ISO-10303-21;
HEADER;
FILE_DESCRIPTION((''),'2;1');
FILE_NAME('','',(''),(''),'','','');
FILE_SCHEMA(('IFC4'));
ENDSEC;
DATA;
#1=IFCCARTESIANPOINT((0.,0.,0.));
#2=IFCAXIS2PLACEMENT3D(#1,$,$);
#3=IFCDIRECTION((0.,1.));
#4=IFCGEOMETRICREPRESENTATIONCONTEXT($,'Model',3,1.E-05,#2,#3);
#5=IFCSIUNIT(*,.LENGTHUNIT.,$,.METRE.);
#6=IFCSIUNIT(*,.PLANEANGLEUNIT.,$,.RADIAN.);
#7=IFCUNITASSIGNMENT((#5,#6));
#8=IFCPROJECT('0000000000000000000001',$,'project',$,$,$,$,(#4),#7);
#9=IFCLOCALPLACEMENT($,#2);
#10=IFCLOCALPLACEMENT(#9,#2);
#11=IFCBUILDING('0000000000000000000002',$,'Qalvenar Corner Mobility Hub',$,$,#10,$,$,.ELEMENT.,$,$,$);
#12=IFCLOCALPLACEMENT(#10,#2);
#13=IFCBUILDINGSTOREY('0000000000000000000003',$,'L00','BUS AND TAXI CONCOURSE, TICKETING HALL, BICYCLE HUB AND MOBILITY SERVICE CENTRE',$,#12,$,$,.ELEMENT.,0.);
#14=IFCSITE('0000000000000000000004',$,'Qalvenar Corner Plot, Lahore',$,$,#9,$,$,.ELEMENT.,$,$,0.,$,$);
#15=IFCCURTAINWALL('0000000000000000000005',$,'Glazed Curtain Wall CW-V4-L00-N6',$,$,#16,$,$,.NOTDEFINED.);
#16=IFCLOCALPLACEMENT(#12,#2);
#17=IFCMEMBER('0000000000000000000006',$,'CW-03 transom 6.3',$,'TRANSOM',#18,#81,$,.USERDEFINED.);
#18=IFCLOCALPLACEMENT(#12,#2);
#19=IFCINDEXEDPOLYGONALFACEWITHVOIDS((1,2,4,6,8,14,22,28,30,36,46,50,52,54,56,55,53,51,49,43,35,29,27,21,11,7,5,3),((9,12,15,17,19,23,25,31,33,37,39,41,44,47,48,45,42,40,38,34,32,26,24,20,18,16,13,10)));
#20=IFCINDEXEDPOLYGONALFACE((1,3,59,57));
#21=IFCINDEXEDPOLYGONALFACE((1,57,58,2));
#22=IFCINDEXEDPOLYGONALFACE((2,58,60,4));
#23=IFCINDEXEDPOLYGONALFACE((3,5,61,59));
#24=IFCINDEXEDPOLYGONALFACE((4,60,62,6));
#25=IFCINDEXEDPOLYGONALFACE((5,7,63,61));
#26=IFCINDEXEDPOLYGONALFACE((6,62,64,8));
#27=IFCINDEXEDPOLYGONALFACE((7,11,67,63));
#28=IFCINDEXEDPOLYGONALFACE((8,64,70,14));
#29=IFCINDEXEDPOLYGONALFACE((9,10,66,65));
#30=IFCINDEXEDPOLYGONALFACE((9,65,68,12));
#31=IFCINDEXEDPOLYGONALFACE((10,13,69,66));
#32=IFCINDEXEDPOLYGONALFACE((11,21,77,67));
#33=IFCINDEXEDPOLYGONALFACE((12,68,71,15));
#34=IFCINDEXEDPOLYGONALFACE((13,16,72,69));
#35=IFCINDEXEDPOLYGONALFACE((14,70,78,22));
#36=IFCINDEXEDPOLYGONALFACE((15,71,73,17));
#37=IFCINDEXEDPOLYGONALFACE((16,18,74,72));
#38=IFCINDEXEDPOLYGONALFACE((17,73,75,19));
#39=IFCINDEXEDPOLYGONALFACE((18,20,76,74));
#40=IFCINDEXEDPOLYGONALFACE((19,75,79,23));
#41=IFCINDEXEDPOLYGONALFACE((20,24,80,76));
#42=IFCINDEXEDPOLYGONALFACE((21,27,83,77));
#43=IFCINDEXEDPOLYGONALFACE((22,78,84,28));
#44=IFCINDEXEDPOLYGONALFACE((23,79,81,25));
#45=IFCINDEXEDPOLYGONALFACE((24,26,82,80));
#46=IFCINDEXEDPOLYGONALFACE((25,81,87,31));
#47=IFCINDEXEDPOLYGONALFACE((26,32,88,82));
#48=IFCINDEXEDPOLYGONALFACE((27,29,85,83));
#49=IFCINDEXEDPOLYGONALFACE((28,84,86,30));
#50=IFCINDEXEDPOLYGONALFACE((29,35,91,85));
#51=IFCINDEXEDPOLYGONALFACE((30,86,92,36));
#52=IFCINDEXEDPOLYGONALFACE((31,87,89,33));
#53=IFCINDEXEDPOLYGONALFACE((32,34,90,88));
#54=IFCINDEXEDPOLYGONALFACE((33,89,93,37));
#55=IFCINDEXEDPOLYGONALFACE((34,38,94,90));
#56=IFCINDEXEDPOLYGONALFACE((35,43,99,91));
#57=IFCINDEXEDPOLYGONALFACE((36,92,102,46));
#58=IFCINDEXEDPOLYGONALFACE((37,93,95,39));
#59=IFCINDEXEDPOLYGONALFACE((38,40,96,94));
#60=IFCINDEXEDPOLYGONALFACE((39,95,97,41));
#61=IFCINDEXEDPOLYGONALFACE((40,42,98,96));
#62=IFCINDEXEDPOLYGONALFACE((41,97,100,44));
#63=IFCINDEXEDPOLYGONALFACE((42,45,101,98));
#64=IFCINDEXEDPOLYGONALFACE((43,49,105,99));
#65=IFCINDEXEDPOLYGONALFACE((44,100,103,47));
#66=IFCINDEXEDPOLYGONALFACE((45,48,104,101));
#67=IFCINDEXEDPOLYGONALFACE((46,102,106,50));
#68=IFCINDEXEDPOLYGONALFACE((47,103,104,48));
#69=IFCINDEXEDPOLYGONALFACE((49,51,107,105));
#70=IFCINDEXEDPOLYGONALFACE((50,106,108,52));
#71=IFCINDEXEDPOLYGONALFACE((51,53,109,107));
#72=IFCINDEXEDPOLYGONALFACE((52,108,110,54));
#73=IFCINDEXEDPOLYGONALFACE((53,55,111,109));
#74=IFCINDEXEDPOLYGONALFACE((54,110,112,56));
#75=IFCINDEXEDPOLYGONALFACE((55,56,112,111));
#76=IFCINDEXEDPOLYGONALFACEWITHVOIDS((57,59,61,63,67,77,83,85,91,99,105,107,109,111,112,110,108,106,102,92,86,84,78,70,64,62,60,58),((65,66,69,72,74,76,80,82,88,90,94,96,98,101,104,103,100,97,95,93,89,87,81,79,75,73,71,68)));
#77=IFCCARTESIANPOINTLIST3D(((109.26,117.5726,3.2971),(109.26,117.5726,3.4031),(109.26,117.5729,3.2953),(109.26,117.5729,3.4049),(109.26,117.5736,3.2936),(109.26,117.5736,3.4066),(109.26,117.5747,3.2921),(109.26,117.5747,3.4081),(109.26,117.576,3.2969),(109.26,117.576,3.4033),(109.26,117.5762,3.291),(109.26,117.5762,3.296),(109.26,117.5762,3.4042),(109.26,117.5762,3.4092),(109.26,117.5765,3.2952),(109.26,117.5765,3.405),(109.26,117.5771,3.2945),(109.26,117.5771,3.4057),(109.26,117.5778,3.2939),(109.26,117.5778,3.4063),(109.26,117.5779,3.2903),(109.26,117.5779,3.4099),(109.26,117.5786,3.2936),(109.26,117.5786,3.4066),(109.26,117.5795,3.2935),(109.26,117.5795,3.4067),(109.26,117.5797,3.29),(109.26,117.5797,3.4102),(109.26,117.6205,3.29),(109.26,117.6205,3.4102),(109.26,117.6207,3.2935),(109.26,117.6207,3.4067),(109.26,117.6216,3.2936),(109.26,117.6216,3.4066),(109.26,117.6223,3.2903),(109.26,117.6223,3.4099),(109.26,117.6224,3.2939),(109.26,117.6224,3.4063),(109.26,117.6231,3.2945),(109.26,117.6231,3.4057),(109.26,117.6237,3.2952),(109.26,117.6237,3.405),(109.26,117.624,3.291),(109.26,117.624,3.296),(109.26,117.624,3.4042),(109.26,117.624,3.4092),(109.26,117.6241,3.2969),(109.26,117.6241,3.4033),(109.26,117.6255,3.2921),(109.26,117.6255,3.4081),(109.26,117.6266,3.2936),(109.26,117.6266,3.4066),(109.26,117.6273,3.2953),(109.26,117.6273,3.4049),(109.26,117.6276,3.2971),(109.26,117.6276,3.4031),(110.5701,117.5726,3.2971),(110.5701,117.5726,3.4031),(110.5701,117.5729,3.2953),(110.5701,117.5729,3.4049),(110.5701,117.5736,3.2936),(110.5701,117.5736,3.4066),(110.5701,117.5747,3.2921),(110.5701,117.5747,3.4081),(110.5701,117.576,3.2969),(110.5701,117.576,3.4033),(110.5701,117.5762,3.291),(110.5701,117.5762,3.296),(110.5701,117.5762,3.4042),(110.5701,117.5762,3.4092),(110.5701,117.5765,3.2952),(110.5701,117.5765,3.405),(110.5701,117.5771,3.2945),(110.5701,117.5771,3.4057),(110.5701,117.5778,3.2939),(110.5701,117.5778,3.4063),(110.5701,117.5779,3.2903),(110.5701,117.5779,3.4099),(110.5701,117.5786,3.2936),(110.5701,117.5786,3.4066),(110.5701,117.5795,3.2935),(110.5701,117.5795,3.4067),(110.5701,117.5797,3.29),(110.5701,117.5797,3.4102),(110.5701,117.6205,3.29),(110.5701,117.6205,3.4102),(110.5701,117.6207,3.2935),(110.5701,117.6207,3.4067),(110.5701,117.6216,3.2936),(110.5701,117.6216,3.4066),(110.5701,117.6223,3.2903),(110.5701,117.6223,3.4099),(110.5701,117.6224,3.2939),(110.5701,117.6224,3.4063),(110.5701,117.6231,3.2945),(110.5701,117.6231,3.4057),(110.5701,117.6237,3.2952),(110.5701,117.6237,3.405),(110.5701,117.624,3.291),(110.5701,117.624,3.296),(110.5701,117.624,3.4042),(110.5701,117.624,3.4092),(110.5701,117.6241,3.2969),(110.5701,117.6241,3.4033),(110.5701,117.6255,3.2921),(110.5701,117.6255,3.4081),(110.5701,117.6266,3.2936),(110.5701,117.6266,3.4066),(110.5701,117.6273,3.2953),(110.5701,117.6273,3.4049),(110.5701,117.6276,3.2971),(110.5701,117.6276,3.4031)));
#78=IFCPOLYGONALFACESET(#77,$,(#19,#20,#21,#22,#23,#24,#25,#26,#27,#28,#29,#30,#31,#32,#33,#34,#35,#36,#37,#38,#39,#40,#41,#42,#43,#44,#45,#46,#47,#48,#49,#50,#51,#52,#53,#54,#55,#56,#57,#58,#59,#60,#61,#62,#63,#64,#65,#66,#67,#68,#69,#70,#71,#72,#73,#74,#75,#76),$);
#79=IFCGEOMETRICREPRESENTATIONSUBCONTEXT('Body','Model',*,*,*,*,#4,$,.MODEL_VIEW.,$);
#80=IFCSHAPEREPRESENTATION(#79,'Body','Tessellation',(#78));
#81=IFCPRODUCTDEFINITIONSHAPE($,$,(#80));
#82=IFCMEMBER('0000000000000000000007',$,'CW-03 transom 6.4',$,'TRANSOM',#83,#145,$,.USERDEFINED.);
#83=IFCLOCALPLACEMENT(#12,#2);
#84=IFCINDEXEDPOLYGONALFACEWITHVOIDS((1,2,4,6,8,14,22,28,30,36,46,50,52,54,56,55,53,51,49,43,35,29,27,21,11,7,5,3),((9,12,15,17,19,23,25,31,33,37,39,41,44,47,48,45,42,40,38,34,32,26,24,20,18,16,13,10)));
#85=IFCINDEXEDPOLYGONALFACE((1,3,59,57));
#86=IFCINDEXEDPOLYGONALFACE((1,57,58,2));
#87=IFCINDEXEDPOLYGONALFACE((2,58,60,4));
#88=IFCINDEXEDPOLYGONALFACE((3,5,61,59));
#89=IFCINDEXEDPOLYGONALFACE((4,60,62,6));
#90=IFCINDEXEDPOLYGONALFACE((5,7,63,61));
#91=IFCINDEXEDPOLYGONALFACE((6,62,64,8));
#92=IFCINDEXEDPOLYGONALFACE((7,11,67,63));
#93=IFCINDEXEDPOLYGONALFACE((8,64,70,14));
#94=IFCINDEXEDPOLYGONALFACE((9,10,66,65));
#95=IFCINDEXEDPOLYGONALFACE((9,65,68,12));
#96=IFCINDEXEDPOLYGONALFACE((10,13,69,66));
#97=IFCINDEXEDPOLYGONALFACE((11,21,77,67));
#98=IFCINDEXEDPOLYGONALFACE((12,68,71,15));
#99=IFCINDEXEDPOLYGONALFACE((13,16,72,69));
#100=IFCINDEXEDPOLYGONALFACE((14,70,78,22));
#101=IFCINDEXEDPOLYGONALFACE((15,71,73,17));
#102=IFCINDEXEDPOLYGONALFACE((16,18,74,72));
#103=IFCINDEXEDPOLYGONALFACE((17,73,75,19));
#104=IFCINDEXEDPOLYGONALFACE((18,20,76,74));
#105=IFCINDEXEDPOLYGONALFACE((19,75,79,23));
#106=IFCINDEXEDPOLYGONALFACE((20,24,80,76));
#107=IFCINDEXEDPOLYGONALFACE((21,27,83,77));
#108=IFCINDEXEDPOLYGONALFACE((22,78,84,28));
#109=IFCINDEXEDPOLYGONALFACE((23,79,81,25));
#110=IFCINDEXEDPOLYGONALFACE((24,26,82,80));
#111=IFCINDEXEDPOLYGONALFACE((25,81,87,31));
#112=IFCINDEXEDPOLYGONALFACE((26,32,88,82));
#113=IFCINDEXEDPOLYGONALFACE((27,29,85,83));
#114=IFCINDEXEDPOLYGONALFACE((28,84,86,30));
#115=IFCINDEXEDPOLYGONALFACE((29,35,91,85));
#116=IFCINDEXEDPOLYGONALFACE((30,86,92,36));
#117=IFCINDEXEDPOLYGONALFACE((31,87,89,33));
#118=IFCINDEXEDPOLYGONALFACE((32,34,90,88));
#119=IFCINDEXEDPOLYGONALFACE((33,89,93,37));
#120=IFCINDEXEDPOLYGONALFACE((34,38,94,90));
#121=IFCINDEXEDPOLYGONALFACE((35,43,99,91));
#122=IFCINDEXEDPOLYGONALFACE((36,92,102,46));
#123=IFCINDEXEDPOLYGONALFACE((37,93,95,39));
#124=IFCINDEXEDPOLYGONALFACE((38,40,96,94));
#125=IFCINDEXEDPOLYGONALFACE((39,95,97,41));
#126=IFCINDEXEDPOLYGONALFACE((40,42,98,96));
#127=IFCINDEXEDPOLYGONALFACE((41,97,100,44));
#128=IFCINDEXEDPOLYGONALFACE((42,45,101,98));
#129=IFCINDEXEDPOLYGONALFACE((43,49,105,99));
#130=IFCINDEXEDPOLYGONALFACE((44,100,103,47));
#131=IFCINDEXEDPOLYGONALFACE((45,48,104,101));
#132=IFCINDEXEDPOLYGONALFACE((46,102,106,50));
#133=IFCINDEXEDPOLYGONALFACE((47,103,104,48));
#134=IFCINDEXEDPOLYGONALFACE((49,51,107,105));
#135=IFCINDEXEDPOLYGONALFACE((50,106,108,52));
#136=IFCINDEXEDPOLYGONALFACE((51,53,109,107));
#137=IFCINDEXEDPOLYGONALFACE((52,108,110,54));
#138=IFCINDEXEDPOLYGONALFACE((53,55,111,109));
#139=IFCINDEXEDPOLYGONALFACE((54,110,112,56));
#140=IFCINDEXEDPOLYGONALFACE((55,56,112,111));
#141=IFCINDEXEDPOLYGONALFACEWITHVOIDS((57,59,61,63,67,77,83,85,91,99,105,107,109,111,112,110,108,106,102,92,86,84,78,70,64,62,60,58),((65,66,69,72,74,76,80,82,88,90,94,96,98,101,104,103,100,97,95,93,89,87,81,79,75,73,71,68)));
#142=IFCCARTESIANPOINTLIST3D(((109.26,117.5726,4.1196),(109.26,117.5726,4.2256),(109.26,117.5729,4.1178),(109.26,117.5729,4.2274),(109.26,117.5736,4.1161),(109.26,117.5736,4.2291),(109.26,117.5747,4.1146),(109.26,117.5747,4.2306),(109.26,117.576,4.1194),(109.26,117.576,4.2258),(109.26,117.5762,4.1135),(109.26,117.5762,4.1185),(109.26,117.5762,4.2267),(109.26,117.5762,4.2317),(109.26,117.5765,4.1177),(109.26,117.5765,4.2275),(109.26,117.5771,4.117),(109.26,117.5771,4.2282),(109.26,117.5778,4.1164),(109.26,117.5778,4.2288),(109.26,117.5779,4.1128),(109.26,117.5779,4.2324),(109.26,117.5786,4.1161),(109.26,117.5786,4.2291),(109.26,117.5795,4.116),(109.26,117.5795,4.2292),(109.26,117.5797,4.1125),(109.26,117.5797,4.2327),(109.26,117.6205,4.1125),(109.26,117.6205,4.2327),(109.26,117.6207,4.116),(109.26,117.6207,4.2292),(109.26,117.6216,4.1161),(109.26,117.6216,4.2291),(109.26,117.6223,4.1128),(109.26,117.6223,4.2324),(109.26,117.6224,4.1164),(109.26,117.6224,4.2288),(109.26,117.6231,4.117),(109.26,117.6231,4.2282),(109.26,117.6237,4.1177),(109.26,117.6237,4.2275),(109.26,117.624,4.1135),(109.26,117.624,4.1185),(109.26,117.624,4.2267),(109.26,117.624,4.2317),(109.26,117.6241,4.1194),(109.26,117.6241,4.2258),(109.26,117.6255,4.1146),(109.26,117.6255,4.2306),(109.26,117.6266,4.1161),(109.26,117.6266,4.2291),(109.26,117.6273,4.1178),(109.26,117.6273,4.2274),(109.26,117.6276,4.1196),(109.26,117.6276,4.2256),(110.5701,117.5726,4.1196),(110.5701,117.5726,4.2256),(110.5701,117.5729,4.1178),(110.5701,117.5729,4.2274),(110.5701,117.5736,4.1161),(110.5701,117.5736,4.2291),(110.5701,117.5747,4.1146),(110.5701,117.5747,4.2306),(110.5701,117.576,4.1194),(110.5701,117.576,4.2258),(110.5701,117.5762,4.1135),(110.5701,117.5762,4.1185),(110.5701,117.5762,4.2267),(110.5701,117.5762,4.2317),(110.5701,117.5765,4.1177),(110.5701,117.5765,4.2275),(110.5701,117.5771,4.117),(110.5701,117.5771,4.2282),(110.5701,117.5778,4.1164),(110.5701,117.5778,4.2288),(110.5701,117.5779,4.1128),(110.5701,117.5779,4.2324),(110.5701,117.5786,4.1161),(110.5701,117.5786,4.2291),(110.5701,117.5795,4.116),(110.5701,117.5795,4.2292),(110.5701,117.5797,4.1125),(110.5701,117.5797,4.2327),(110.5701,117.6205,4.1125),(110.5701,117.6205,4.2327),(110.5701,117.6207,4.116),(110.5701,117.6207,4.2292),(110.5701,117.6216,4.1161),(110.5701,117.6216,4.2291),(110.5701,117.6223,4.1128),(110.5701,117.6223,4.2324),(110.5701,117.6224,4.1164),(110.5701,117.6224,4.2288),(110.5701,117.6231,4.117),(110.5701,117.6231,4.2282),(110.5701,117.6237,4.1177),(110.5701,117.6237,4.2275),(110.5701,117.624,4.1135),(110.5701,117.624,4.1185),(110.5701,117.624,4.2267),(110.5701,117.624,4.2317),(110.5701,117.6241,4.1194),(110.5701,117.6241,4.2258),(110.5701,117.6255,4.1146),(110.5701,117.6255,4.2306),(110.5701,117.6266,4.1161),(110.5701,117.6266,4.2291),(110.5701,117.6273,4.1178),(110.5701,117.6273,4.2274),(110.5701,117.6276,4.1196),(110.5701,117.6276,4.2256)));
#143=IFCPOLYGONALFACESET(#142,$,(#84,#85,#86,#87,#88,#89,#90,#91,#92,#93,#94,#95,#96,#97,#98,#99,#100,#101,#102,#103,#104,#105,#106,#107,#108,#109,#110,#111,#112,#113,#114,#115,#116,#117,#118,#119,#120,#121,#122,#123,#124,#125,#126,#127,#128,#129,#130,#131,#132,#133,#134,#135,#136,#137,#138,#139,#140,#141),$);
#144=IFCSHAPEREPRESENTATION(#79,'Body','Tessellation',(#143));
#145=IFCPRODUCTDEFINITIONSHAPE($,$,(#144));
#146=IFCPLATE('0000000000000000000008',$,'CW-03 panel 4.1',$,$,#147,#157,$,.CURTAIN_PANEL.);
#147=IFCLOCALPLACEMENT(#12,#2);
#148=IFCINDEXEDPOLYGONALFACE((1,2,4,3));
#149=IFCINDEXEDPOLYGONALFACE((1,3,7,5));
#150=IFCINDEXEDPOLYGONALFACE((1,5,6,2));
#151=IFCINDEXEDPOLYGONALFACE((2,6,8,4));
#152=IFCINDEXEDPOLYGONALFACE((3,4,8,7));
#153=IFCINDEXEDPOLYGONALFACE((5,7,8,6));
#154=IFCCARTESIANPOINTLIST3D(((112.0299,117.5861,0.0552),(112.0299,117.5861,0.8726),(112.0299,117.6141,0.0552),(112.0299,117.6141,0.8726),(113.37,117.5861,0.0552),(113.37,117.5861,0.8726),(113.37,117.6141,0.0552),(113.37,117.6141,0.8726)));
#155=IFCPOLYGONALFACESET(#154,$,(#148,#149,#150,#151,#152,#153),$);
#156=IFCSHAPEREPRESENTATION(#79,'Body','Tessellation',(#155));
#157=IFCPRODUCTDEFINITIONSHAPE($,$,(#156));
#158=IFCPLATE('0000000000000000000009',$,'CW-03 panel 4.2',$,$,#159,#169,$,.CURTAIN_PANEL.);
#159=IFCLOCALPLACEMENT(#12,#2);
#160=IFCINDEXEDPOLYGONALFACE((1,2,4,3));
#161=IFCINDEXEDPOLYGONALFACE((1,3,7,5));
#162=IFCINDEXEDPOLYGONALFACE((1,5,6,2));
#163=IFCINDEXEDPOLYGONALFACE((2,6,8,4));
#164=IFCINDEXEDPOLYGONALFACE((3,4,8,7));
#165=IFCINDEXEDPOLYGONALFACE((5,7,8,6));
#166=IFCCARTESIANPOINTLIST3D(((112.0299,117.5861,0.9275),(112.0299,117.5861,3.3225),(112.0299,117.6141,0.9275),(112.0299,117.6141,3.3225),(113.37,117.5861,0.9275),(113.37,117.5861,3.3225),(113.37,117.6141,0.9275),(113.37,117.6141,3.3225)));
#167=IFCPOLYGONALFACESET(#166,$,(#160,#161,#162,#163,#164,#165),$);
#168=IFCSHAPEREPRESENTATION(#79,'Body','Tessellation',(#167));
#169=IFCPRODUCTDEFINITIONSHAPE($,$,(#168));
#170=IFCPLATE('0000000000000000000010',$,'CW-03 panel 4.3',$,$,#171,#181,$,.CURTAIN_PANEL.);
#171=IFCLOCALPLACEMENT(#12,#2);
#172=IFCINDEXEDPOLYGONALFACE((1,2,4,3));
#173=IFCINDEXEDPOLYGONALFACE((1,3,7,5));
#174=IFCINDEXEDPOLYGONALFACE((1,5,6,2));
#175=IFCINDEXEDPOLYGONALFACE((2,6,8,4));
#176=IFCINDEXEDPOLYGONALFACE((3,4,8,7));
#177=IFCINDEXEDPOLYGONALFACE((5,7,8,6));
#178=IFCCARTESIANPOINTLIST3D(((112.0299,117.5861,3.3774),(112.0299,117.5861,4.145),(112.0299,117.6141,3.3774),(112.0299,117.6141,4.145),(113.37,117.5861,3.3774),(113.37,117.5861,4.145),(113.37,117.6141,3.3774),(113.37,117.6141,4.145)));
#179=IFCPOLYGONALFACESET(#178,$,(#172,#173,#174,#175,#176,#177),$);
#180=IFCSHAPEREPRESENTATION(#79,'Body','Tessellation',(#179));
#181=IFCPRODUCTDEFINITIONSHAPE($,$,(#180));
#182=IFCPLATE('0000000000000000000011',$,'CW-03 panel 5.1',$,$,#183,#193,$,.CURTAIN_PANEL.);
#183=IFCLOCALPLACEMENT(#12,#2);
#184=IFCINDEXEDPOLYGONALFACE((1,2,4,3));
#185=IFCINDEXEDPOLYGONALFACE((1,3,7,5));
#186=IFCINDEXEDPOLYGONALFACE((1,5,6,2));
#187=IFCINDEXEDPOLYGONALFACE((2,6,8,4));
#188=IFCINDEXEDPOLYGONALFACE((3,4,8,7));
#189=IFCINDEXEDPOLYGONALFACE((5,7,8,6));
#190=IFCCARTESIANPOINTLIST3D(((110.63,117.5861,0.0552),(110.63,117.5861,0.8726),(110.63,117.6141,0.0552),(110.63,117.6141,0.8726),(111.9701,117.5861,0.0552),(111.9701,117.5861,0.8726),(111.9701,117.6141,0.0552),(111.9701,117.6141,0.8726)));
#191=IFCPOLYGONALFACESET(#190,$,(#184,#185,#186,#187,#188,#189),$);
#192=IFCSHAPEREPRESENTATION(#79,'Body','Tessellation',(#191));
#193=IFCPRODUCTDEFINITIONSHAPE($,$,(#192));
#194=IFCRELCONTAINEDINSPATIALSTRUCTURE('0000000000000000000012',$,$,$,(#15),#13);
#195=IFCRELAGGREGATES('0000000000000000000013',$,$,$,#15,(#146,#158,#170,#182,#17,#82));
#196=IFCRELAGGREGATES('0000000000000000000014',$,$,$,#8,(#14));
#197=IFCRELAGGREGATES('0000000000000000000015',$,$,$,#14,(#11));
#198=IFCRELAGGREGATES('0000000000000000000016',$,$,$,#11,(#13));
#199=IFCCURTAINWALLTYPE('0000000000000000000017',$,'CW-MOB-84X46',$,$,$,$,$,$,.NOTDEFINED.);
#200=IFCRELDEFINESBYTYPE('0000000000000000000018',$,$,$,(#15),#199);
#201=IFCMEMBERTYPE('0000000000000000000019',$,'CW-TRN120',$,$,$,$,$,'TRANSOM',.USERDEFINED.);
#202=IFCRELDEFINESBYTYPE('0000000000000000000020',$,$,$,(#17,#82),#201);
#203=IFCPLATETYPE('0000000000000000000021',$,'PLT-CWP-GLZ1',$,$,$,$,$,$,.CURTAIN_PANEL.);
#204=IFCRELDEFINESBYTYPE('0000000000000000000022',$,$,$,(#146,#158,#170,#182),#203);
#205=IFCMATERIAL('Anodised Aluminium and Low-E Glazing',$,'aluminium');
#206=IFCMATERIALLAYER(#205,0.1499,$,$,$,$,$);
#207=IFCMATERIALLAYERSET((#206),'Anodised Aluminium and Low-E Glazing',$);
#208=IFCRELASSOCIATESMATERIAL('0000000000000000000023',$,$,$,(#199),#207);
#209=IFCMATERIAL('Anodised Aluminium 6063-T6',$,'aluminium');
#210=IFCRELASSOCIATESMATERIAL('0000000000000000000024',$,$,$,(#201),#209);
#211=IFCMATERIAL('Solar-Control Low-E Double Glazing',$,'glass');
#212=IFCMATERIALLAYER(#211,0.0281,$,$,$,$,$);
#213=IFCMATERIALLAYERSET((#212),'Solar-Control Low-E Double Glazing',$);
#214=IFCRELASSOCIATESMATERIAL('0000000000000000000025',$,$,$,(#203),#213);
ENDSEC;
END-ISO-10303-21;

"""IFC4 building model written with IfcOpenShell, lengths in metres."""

from ifc_helpers import new_model, si_unit, direction, frame, origin, origin_2d, place, context, subcontext, project, spatial, rectangle, hollow_rectangle, extrude, material, layer, layer_set, material_profile, profile_set, type_object, element, aggregate, save


model = new_model("IFC4")

# Units and contexts
model_context = context("Model", 3, precision=1e-05, world=origin(), true_north=direction((0.0, 1.0)))
body_context = subcontext(model_context, "Body", "Model", "MODEL_VIEW")
ifc_project = project(units=[si_unit("LENGTHUNIT", "METRE"), si_unit("PLANEANGLEUNIT", "RADIAN")], contexts=[model_context])

# Site, building, storey
site_placement = place(None, origin())
site = spatial("IfcSite", under=ifc_project, at=site_placement, Name="Qalvenar Corner Plot, Lahore", CompositionType="ELEMENT", RefElevation=0.0)
building_placement = place(site_placement, origin())
building = spatial("IfcBuilding", under=site, at=building_placement, Name="Qalvenar Corner Mobility Hub", CompositionType="ELEMENT")
storey_placement = place(building_placement, origin())
storey = spatial("IfcBuildingStorey", under=building, at=storey_placement, Name="L00", Description="BUS AND TAXI CONCOURSE, TICKETING HALL, BICYCLE HUB AND MOBILITY SERVICE CENTRE", CompositionType="ELEMENT", Elevation=0.0)

# Curtain wall, members, plates
ifc_material_1 = material(Name="Anodised Aluminium and Low-E Glazing", Category="aluminium")
ifc_layer_1 = layer(ifc_material_1, 0.1499)
ifc_layer_set_1 = layer_set([ifc_layer_1], Name="Anodised Aluminium and Low-E Glazing")
curtain_wall_type = type_object("IfcCurtainWallType", Name="CW-MOB-84X46", PredefinedType="NOTDEFINED", material=ifc_layer_set_1)
curtain_wall_placement = place(storey_placement, origin())
curtain_wall = element("IfcCurtainWall", 1, at=curtain_wall_placement, inside=storey, type_object=curtain_wall_type, Name="Glazed Curtain Wall CW-V4-L00-N6", PredefinedType="NOTDEFINED")
ifc_material_2 = material(Name="Anodised Aluminium 6063-T6", Category="aluminium")
ifc_material_profile_1 = material_profile(ifc_material_2, hollow_rectangle(XDim=0.0549, YDim=0.1201, WallThickness=0.0034, InnerFilletRadius=0.0034, OuterFilletRadius=0.0071, at=origin_2d()), Name="RHS120x55x3.5")
ifc_profile_set_1 = profile_set([ifc_material_profile_1], Name="Anodised Aluminium 6063-T6")
member_type_1 = type_object("IfcMemberType", Name="CW-TRN120", ElementType="TRANSOM", PredefinedType="USERDEFINED", material=ifc_profile_set_1)
member_1_placement = place(storey_placement, frame((110.5701, 117.6001, 3.3501), z_axis=(-1.0, 0.0, 0.0), x_axis=(0.0, -1.0, 0.0)))
member_1 = element("IfcMember", 2, at=member_1_placement, type_object=member_type_1, Name="CW-03 transom 6.3", ObjectType="TRANSOM", PredefinedType="USERDEFINED", context=body_context, shape_type="SweptSolid", body=[
    extrude(hollow_rectangle(XDim=0.0549, YDim=0.1201, WallThickness=0.0034, InnerFilletRadius=0.0034, OuterFilletRadius=0.0071, at=origin_2d()), origin(), (0.0, 0.0, 1.0), 1.3101),
])
member_2_placement = place(storey_placement, frame((110.5701, 117.6001, 4.1726), z_axis=(-1.0, 0.0, 0.0), x_axis=(0.0, -1.0, 0.0)))
member_2 = element("IfcMember", 3, at=member_2_placement, type_object=member_type_1, Name="CW-03 transom 6.4", ObjectType="TRANSOM", PredefinedType="USERDEFINED", context=body_context, shape_type="SweptSolid", body=[
    extrude(hollow_rectangle(XDim=0.0549, YDim=0.1201, WallThickness=0.0034, InnerFilletRadius=0.0034, OuterFilletRadius=0.0071, at=origin_2d()), origin(), (0.0, 0.0, 1.0), 1.3101),
])
ifc_material_3 = material(Name="Solar-Control Low-E Double Glazing", Category="glass")
ifc_layer_2 = layer(ifc_material_3, 0.0281)
ifc_layer_set_2 = layer_set([ifc_layer_2], Name="Solar-Control Low-E Double Glazing")
plate_type = type_object("IfcPlateType", Name="PLT-CWP-GLZ1", PredefinedType="CURTAIN_PANEL", material=ifc_layer_set_2)
plate_1_placement = place(storey_placement, frame((112.7, 117.6001, 0.0552), z_axis=(0.0, 0.0, 1.0), x_axis=(-1.0, 0.0, 0.0)))
plate_1 = element("IfcPlate", 4, at=plate_1_placement, type_object=plate_type, Name="CW-03 panel 4.1", PredefinedType="CURTAIN_PANEL", context=body_context, shape_type="SweptSolid", body=[
    extrude(rectangle(XDim=1.3401, YDim=0.0281, at=origin_2d()), origin(), (0.0, 0.0, 1.0), 0.8174),
])
plate_2_placement = place(storey_placement, frame((112.7, 117.6001, 0.9275), z_axis=(0.0, 0.0, 1.0), x_axis=(-1.0, 0.0, 0.0)))
plate_2 = element("IfcPlate", 5, at=plate_2_placement, type_object=plate_type, Name="CW-03 panel 4.2", PredefinedType="CURTAIN_PANEL", context=body_context, shape_type="SweptSolid", body=[
    extrude(rectangle(XDim=1.3401, YDim=0.0281, at=origin_2d()), origin(), (0.0, 0.0, 1.0), 2.395),
])
plate_3_placement = place(storey_placement, frame((112.7, 117.6001, 3.3774), z_axis=(0.0, 0.0, 1.0), x_axis=(-1.0, 0.0, 0.0)))
plate_3 = element("IfcPlate", 6, at=plate_3_placement, type_object=plate_type, Name="CW-03 panel 4.3", PredefinedType="CURTAIN_PANEL", context=body_context, shape_type="SweptSolid", body=[
    extrude(rectangle(XDim=1.3401, YDim=0.0281, at=origin_2d()), origin(), (0.0, 0.0, 1.0), 0.7676),
])
plate_4_placement = place(storey_placement, frame((111.3, 117.6001, 0.0552), z_axis=(0.0, 0.0, 1.0), x_axis=(-1.0, 0.0, 0.0)))
plate_4 = element("IfcPlate", 7, at=plate_4_placement, type_object=plate_type, Name="CW-03 panel 5.1", PredefinedType="CURTAIN_PANEL", context=body_context, shape_type="SweptSolid", body=[
    extrude(rectangle(XDim=1.3401, YDim=0.0281, at=origin_2d()), origin(), (0.0, 0.0, 1.0), 0.8174),
])
aggregate(curtain_wall, [plate_1, plate_2, plate_3, plate_4, member_1, member_2])

save(model, "model.ifc")
